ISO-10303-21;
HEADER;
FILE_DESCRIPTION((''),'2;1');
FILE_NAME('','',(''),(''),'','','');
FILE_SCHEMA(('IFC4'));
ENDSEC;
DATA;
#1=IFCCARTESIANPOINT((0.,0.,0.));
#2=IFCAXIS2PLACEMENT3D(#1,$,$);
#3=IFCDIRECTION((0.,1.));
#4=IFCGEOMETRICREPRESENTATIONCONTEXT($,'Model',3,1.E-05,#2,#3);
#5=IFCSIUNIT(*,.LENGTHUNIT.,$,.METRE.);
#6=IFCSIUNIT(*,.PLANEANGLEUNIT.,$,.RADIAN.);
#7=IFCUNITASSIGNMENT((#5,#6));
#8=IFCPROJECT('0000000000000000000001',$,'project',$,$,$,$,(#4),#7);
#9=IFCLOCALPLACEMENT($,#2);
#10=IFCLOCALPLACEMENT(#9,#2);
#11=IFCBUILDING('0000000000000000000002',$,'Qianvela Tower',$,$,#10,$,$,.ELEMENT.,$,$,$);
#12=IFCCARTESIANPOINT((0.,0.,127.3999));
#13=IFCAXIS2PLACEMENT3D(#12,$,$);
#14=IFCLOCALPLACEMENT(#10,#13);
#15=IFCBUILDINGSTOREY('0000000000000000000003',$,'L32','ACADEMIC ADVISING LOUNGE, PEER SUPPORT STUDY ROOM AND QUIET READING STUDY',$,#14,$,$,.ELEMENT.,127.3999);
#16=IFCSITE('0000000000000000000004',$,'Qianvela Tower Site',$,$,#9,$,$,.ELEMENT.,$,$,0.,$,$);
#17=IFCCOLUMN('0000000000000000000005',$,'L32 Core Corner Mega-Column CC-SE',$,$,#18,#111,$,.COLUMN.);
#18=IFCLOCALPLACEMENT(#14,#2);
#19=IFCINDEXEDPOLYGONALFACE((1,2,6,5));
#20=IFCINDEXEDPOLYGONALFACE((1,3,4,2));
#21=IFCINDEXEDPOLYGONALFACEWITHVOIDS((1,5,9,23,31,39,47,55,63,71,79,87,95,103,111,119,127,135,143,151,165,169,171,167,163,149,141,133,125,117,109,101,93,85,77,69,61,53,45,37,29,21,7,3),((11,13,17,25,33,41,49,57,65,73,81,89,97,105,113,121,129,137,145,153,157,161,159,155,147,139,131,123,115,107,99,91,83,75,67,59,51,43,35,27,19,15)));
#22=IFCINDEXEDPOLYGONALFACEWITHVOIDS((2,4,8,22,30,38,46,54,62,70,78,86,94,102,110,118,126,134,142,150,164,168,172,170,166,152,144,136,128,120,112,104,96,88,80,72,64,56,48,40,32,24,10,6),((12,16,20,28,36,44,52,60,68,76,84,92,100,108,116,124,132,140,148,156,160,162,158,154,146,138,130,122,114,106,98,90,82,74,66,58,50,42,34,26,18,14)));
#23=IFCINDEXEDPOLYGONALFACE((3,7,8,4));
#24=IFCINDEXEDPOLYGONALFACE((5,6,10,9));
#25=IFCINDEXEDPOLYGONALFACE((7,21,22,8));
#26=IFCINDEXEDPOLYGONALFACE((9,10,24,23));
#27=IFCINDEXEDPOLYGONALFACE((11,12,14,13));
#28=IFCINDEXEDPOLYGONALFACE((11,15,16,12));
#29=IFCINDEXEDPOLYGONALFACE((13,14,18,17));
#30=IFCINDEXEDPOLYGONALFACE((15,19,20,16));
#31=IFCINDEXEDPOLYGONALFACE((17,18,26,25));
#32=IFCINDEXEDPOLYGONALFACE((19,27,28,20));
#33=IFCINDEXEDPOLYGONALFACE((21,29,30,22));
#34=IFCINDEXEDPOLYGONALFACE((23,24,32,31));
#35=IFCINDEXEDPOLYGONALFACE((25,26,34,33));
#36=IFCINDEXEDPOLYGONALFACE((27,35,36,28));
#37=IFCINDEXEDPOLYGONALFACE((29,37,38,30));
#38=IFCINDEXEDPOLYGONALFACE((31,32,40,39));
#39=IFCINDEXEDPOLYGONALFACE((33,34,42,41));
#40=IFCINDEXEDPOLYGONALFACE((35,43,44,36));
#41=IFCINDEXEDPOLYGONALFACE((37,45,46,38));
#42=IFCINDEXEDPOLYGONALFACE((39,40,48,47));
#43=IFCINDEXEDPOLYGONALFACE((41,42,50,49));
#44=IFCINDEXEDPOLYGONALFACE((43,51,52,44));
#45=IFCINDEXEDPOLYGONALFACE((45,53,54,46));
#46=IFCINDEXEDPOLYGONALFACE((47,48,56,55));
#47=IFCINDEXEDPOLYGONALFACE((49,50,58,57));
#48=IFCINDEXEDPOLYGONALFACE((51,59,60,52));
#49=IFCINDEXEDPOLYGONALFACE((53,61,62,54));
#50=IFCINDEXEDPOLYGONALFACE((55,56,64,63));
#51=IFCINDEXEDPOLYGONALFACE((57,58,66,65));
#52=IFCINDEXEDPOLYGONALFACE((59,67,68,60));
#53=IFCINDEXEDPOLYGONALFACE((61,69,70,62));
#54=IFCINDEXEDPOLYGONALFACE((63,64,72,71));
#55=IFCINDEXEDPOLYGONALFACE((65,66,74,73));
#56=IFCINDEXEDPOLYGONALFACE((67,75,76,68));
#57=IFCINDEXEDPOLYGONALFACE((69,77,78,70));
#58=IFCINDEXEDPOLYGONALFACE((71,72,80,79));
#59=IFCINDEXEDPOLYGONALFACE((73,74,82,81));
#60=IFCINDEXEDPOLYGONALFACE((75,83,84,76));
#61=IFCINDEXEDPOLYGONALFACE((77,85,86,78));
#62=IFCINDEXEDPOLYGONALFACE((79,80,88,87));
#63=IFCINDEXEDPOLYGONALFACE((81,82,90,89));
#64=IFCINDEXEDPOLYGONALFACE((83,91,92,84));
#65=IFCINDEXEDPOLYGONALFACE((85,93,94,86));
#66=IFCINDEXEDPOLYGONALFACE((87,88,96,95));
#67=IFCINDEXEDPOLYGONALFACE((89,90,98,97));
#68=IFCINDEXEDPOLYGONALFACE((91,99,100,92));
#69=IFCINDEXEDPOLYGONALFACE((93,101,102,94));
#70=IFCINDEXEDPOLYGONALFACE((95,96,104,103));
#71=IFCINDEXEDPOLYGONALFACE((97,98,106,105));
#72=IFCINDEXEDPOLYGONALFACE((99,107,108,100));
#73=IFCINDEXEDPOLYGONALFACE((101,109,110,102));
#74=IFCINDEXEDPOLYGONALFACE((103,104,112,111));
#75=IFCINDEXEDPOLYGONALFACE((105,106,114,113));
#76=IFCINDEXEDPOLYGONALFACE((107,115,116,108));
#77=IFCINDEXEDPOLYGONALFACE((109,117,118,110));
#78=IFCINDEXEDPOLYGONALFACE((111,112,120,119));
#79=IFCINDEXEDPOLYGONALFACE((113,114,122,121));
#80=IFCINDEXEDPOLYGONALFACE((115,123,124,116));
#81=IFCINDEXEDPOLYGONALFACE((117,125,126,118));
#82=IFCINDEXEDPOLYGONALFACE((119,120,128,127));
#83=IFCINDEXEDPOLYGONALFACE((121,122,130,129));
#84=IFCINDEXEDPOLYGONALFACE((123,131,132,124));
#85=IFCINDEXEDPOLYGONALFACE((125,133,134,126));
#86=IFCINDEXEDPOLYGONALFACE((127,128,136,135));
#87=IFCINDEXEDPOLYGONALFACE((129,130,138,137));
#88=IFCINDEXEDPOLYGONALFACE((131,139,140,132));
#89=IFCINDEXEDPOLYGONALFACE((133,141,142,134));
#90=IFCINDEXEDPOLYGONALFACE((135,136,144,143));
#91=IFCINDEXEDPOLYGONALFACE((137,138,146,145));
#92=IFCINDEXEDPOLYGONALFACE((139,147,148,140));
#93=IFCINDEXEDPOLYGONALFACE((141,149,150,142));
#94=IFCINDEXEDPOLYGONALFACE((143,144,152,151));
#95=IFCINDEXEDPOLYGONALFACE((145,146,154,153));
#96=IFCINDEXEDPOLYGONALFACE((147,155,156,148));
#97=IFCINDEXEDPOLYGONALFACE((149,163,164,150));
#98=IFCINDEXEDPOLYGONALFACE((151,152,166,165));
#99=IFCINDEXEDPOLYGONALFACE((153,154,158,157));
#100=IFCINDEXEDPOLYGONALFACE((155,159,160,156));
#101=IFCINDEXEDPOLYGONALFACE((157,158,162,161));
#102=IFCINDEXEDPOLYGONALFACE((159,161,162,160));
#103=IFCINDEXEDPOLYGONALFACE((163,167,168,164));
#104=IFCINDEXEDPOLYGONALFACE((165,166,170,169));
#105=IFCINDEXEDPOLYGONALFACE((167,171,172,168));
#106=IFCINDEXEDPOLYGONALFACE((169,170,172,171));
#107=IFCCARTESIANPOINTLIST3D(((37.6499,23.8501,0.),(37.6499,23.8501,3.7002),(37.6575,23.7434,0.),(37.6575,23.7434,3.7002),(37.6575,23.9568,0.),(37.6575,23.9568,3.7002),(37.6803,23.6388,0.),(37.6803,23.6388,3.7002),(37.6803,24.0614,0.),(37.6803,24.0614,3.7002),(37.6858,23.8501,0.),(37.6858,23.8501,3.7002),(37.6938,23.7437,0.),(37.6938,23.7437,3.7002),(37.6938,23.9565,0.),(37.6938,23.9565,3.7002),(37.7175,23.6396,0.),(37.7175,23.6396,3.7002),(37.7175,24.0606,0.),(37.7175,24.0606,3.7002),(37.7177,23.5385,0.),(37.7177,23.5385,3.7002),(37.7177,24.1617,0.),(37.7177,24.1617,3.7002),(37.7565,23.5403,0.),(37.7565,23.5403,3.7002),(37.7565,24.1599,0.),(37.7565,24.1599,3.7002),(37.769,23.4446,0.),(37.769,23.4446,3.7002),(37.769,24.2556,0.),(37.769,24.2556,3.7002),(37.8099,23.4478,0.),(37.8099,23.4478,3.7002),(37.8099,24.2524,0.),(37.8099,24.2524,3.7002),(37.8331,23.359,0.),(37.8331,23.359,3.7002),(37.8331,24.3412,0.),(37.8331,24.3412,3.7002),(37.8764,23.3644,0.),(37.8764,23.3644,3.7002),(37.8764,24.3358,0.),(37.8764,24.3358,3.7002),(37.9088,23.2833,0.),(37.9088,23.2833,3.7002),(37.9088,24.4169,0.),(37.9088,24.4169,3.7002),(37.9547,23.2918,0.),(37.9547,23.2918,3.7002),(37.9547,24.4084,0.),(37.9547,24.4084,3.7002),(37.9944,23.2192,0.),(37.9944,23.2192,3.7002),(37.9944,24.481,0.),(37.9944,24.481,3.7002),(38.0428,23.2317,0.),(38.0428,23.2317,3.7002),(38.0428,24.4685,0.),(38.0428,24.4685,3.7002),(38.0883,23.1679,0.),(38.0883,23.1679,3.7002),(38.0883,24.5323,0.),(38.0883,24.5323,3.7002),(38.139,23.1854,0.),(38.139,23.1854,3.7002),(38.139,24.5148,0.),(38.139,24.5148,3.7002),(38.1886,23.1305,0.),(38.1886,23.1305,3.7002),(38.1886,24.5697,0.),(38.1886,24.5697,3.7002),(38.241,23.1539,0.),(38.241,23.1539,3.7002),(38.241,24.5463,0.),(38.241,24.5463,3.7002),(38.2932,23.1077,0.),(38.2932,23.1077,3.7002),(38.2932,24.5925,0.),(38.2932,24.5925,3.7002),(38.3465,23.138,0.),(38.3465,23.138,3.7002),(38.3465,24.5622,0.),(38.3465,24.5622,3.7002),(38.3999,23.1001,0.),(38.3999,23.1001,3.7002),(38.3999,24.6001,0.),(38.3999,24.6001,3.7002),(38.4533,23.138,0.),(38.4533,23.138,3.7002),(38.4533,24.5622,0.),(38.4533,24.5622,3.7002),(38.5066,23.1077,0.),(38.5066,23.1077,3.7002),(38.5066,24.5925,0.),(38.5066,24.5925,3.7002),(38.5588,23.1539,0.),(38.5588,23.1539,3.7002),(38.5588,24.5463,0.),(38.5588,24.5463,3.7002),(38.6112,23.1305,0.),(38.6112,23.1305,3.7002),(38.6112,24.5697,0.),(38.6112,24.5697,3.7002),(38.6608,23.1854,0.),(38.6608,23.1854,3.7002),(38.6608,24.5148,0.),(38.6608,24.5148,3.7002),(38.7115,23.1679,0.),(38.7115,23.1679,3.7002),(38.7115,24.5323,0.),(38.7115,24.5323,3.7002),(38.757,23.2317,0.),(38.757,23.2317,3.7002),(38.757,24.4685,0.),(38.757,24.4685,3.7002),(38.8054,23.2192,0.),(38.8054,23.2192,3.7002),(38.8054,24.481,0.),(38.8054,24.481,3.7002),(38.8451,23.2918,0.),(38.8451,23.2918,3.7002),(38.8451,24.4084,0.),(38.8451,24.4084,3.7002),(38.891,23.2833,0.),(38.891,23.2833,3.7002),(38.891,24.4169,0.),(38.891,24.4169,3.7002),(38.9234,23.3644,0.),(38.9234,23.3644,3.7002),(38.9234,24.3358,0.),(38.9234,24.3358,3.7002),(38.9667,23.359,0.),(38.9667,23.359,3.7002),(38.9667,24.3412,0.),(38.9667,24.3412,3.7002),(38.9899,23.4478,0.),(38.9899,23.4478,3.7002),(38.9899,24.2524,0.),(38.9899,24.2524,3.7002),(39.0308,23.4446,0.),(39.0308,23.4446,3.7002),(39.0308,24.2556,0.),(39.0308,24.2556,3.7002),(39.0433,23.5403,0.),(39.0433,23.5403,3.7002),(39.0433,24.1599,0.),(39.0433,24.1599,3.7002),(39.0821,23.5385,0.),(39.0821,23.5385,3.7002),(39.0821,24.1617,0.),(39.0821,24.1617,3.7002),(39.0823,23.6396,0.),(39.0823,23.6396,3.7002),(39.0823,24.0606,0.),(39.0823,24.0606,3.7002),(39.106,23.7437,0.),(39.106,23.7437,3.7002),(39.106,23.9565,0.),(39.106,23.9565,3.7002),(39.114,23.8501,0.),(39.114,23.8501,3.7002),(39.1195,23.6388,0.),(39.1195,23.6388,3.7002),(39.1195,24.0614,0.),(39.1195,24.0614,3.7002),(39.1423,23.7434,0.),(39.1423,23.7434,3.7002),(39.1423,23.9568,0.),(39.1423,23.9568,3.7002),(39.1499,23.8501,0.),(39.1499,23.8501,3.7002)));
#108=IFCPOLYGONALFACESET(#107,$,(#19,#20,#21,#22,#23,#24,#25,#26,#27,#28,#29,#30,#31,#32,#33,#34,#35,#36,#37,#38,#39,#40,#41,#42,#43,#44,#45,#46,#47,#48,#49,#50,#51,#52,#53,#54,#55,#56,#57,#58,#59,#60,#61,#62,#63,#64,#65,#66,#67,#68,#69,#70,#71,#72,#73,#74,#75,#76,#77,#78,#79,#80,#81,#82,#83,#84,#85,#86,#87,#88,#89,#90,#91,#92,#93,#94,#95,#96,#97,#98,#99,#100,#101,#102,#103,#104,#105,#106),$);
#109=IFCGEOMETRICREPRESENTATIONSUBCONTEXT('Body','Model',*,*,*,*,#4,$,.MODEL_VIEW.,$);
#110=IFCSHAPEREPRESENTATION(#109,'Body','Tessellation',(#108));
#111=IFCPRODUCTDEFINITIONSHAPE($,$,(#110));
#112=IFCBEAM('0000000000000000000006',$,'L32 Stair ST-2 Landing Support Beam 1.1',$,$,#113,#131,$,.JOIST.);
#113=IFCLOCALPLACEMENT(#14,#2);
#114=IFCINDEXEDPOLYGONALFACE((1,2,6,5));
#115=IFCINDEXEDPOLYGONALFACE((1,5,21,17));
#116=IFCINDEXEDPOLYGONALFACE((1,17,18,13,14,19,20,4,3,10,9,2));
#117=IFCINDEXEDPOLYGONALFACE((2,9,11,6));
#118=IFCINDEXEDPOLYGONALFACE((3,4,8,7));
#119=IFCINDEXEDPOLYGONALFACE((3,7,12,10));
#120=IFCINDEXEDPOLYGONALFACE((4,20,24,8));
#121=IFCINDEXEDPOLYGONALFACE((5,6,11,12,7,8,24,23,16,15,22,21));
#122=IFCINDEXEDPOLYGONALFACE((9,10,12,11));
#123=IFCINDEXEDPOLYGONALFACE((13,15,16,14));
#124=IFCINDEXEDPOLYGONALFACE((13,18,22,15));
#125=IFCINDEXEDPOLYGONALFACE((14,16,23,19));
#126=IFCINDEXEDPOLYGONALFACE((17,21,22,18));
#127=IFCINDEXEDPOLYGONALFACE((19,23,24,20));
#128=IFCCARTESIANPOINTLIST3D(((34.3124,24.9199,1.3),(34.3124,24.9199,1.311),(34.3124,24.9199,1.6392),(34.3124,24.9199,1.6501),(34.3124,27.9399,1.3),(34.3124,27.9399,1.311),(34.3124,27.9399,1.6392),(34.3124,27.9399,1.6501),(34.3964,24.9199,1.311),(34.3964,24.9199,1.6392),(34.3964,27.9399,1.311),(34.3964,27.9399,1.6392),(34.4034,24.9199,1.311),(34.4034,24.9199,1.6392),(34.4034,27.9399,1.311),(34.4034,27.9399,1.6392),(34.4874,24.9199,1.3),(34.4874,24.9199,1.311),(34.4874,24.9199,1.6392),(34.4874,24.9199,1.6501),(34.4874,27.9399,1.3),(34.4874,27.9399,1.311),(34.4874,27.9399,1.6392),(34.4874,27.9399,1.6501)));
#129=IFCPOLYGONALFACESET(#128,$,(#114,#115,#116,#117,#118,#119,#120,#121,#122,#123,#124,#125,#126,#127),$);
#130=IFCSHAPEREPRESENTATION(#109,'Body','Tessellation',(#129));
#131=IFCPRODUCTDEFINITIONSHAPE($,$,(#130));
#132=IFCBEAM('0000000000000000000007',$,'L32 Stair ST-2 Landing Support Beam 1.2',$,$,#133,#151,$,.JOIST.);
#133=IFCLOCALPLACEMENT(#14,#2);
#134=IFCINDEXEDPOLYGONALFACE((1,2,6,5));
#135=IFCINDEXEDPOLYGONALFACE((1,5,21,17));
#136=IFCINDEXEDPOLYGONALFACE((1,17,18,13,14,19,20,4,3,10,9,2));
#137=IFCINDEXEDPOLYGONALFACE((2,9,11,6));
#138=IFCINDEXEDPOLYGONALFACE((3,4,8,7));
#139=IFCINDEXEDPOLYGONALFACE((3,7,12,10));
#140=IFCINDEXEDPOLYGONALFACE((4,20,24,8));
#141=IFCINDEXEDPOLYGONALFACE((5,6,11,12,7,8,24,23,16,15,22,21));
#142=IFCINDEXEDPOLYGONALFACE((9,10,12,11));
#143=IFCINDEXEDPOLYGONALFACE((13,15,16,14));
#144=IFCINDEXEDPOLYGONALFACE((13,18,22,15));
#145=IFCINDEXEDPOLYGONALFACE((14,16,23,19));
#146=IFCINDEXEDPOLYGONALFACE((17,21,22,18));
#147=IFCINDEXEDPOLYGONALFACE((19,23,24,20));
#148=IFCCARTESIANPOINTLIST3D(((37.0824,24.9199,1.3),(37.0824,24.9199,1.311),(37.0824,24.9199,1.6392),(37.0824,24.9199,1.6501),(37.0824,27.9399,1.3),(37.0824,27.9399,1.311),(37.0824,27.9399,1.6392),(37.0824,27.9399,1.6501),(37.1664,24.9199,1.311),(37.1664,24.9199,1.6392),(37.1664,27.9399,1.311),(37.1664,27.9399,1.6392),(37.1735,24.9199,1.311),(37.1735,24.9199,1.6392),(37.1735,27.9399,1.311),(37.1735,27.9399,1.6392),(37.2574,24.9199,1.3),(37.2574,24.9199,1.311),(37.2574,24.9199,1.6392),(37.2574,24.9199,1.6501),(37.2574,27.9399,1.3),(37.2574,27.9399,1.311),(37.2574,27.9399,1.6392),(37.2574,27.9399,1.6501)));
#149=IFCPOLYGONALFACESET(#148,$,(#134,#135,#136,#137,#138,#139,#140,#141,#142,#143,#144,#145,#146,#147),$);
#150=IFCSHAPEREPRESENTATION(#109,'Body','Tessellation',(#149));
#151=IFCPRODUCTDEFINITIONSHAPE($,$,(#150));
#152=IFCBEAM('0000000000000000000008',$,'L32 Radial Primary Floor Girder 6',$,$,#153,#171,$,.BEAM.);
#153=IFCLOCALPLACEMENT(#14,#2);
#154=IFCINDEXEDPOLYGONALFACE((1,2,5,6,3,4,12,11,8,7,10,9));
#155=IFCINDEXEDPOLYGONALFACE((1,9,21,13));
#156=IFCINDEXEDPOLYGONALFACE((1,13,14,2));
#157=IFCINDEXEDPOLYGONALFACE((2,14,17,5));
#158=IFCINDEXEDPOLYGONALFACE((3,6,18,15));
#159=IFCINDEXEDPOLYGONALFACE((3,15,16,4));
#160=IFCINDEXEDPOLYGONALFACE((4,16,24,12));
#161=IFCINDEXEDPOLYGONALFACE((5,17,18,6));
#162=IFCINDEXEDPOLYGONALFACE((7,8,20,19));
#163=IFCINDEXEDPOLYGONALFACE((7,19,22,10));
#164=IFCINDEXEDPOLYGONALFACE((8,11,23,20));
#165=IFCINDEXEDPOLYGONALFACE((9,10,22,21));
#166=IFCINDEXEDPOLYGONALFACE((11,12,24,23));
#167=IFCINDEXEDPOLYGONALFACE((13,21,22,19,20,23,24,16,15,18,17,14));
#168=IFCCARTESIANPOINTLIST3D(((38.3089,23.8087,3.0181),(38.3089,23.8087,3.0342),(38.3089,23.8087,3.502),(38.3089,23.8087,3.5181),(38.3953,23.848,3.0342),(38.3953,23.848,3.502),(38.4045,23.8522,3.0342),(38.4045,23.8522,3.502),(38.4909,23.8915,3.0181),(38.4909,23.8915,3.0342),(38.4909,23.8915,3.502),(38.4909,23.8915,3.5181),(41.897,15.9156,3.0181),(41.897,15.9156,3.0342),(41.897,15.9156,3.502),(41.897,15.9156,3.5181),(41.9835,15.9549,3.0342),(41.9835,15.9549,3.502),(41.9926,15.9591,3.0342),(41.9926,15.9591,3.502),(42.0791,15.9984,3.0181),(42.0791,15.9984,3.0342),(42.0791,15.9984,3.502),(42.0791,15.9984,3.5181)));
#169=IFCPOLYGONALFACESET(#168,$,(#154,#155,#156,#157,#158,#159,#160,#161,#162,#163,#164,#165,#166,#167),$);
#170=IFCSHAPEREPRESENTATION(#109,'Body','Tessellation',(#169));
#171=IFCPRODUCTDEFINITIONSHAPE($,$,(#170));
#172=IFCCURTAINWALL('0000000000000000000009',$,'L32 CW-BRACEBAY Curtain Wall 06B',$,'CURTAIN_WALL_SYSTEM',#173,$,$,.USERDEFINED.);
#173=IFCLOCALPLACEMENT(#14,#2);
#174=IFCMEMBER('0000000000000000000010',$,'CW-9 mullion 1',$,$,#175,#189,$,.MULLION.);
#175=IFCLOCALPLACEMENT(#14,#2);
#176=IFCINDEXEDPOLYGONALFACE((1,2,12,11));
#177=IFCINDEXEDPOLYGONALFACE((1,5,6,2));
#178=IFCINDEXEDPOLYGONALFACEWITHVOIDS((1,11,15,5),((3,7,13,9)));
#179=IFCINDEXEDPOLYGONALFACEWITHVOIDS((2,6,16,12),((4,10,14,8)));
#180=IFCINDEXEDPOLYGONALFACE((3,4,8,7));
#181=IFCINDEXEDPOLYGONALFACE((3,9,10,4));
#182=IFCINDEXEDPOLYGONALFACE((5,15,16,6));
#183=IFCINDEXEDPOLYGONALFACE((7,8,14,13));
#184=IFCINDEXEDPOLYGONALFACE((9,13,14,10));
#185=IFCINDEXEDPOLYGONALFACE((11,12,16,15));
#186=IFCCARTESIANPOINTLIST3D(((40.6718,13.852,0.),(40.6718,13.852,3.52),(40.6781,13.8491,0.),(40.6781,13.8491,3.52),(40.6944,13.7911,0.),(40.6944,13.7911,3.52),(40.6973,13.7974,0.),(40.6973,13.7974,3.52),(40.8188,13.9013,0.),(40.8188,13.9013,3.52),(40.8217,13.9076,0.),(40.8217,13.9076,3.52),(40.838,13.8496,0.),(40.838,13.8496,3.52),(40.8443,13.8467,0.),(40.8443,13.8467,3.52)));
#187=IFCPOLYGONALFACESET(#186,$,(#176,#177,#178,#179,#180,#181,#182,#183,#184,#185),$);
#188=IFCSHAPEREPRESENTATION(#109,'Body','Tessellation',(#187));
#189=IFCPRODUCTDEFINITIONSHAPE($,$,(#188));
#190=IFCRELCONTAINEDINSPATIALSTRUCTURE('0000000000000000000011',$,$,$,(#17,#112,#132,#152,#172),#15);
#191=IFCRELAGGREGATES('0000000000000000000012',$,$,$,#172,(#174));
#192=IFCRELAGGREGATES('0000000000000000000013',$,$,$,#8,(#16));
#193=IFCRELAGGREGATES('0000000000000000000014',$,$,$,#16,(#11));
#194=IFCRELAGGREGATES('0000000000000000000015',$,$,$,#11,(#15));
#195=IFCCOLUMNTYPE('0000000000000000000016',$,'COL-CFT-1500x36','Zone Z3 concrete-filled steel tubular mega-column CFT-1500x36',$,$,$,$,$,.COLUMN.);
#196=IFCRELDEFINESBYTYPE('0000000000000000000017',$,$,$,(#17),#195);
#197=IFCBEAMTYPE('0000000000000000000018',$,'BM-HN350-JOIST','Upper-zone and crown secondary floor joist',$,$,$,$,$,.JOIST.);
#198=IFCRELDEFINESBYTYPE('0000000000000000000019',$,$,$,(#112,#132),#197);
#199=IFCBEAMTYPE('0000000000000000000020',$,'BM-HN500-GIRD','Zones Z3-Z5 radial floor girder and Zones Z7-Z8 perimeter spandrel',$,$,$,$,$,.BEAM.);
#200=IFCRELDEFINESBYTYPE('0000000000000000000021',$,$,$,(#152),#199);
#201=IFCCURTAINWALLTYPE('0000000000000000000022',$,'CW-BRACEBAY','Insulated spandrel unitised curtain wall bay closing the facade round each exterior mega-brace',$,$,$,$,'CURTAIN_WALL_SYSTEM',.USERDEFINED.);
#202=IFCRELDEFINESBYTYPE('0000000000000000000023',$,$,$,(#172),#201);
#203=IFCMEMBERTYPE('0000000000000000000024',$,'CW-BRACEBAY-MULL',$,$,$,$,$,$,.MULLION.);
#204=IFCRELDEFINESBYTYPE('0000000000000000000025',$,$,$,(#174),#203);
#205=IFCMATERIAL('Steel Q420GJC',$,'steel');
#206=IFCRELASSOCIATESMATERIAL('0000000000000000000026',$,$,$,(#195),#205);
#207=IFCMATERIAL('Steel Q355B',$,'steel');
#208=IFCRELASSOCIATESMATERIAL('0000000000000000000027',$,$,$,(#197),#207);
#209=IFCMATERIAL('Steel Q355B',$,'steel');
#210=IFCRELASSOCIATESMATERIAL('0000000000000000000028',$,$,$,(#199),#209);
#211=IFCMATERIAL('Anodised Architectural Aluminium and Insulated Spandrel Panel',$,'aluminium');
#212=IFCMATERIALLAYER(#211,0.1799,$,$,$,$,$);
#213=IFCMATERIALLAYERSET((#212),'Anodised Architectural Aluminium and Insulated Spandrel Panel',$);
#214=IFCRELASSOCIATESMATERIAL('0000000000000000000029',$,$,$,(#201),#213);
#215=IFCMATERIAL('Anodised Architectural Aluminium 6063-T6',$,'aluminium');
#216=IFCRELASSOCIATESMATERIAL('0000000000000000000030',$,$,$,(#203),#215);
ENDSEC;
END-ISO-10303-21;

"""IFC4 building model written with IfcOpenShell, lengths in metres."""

from ifc_helpers import new_model, si_unit, direction, frame, origin, origin_2d, place, context, subcontext, project, spatial, hollow_rectangle, hollow_circle, i_section, extrude, material, layer, layer_set, material_profile, profile_set, type_object, element, aggregate, save


model = new_model("IFC4")

# Units and contexts
model_context = context("Model", 3, precision=1e-05, world=origin(), true_north=direction((0.0, 1.0)))
body_context = subcontext(model_context, "Body", "Model", "MODEL_VIEW")
ifc_project = project(units=[si_unit("LENGTHUNIT", "METRE"), si_unit("PLANEANGLEUNIT", "RADIAN")], contexts=[model_context])

# Site, building, storey
site_placement = place(None, origin())
site = spatial("IfcSite", under=ifc_project, at=site_placement, Name="Qianvela Tower Site", CompositionType="ELEMENT", RefElevation=0.0)
building_placement = place(site_placement, origin())
building = spatial("IfcBuilding", under=site, at=building_placement, Name="Qianvela Tower", CompositionType="ELEMENT")
storey_placement = place(building_placement, frame((0.0, 0.0, 127.3999)))
storey = spatial("IfcBuildingStorey", under=building, at=storey_placement, Name="L32", Description="ACADEMIC ADVISING LOUNGE, PEER SUPPORT STUDY ROOM AND QUIET READING STUDY", CompositionType="ELEMENT", Elevation=127.3999)

# Column
ifc_material_1 = material(Name="Steel Q420GJC", Category="steel")
ifc_material_profile_1 = material_profile(ifc_material_1, hollow_circle(Radius=0.75, WallThickness=0.0359, at=origin_2d()), Name="CFT-1500x36")
ifc_profile_set_1 = profile_set([ifc_material_profile_1], Name="Steel Q420GJC")
column_type = type_object("IfcColumnType", Name="COL-CFT-1500x36", Description="Zone Z3 concrete-filled steel tubular mega-column CFT-1500x36", PredefinedType="COLUMN", material=ifc_profile_set_1)
column_placement = place(storey_placement, frame((38.3999, 23.8501, 0.0), z_axis=(0.0, 0.0, 1.0), x_axis=(1.0, 0.0, 0.0)))
element("IfcColumn", 1, at=column_placement, inside=storey, type_object=column_type, Name="L32 Core Corner Mega-Column CC-SE", PredefinedType="COLUMN", context=body_context, shape_type="SweptSolid", body=[
    extrude(hollow_circle(Radius=0.75, WallThickness=0.0359, at=origin_2d()), origin(), (0.0, 0.0, 1.0), 3.7002),
])

# Beams
ifc_material_2 = material(Name="Steel Q355B", Category="steel")
ifc_material_profile_2 = material_profile(ifc_material_2, i_section(OverallWidth=0.175, OverallDepth=0.3501, WebThickness=0.0071, FlangeThickness=0.011, at=origin_2d()), Name="HN350x175x7x11")
ifc_profile_set_2 = profile_set([ifc_material_profile_2], Name="Steel Q355B")
beam_type_1 = type_object("IfcBeamType", Name="BM-HN350-JOIST", Description="Upper-zone and crown secondary floor joist", PredefinedType="JOIST", material=ifc_profile_set_2)
for number, where, z_axis, x_axis, name in (
    (2, (34.3999, 24.9199, 1.4751), (0.0, 1.0, 0.0), (-1.0, 0.0, 0.0), "L32 Stair ST-2 Landing Support Beam 1.1"),
    (3, (37.1699, 24.9199, 1.4751), (0.0, 1.0, 0.0), (-1.0, 0.0, 0.0), "L32 Stair ST-2 Landing Support Beam 1.2"),
):
    element("IfcBeam", number, at=place(storey_placement, frame(where, z_axis=z_axis, x_axis=x_axis)), inside=storey, type_object=beam_type_1, Name=name, PredefinedType="JOIST", context=body_context, shape_type="SweptSolid", body=[
        extrude(i_section(OverallWidth=0.175, OverallDepth=0.3501, WebThickness=0.0071, FlangeThickness=0.011, at=origin_2d()), origin(), (0.0, 0.0, 1.0), 3.02),
    ])
ifc_material_3 = material(Name="Steel Q355B", Category="steel")
ifc_material_profile_3 = material_profile(ifc_material_3, i_section(OverallWidth=0.2, OverallDepth=0.5, WebThickness=0.01, FlangeThickness=0.0161, at=origin_2d()), Name="HN500x200x10x16")
ifc_profile_set_3 = profile_set([ifc_material_profile_3], Name="Steel Q355B")
beam_type_2 = type_object("IfcBeamType", Name="BM-HN500-GIRD", Description="Zones Z3-Z5 radial floor girder and Zones Z7-Z8 perimeter spandrel", PredefinedType="BEAM", material=ifc_profile_set_3)
beam_placement = place(storey_placement, frame((38.3999, 23.8501, 3.2681), z_axis=(0.413839, -0.91035, 0.0), x_axis=(0.91035, 0.413839, 0.0)))
element("IfcBeam", 4, at=beam_placement, inside=storey, type_object=beam_type_2, Name="L32 Radial Primary Floor Girder 6", PredefinedType="BEAM", context=body_context, shape_type="SweptSolid", body=[
    extrude(i_section(OverallWidth=0.2, OverallDepth=0.5, WebThickness=0.01, FlangeThickness=0.0161, at=origin_2d()), origin(), (0.0, 0.0, 1.0), 8.6704),
])

# Curtain wall, member
ifc_material_4 = material(Name="Anodised Architectural Aluminium and Insulated Spandrel Panel", Category="aluminium")
ifc_layer_1 = layer(ifc_material_4, 0.1799)
ifc_layer_set_1 = layer_set([ifc_layer_1], Name="Anodised Architectural Aluminium and Insulated Spandrel Panel")
curtain_wall_type_1 = type_object("IfcCurtainWallType", Name="CW-BRACEBAY", Description="Insulated spandrel unitised curtain wall bay closing the facade round each exterior mega-brace", ElementType="CURTAIN_WALL_SYSTEM", PredefinedType="USERDEFINED", material=ifc_layer_set_1)
curtain_wall_1_placement = place(storey_placement, origin())
curtain_wall_1 = element("IfcCurtainWall", 5, at=curtain_wall_1_placement, inside=storey, type_object=curtain_wall_type_1, Name="L32 CW-BRACEBAY Curtain Wall 06B", ObjectType="CURTAIN_WALL_SYSTEM", PredefinedType="USERDEFINED")
ifc_material_5 = material(Name="Anodised Architectural Aluminium 6063-T6", Category="aluminium")
ifc_material_profile_4 = material_profile(ifc_material_5, hollow_rectangle(XDim=0.0649, YDim=0.1599, WallThickness=0.0049, at=origin_2d()), Name="ALU-MULL-65x160")
ifc_profile_set_4 = profile_set([ifc_material_profile_4], Name="Anodised Architectural Aluminium 6063-T6")
member_type_1 = type_object("IfcMemberType", Name="CW-BRACEBAY-MULL", PredefinedType="MULLION", material=ifc_profile_set_4)
member_1_placement = place(storey_placement, frame((40.7581, 13.8494, 0.0), z_axis=(0.0, 0.0, 1.0), x_axis=(-0.347808, 0.937566, 0.0)))
member_1 = element("IfcMember", 6, at=member_1_placement, type_object=member_type_1, Name="CW-9 mullion 1", PredefinedType="MULLION", context=body_context, shape_type="SweptSolid", body=[
    extrude(hollow_rectangle(XDim=0.0649, YDim=0.1599, WallThickness=0.0049, at=origin_2d()), origin(), (0.0, 0.0, 1.0), 3.52),
])
aggregate(curtain_wall_1, [member_1])

save(model, "model.ifc")
